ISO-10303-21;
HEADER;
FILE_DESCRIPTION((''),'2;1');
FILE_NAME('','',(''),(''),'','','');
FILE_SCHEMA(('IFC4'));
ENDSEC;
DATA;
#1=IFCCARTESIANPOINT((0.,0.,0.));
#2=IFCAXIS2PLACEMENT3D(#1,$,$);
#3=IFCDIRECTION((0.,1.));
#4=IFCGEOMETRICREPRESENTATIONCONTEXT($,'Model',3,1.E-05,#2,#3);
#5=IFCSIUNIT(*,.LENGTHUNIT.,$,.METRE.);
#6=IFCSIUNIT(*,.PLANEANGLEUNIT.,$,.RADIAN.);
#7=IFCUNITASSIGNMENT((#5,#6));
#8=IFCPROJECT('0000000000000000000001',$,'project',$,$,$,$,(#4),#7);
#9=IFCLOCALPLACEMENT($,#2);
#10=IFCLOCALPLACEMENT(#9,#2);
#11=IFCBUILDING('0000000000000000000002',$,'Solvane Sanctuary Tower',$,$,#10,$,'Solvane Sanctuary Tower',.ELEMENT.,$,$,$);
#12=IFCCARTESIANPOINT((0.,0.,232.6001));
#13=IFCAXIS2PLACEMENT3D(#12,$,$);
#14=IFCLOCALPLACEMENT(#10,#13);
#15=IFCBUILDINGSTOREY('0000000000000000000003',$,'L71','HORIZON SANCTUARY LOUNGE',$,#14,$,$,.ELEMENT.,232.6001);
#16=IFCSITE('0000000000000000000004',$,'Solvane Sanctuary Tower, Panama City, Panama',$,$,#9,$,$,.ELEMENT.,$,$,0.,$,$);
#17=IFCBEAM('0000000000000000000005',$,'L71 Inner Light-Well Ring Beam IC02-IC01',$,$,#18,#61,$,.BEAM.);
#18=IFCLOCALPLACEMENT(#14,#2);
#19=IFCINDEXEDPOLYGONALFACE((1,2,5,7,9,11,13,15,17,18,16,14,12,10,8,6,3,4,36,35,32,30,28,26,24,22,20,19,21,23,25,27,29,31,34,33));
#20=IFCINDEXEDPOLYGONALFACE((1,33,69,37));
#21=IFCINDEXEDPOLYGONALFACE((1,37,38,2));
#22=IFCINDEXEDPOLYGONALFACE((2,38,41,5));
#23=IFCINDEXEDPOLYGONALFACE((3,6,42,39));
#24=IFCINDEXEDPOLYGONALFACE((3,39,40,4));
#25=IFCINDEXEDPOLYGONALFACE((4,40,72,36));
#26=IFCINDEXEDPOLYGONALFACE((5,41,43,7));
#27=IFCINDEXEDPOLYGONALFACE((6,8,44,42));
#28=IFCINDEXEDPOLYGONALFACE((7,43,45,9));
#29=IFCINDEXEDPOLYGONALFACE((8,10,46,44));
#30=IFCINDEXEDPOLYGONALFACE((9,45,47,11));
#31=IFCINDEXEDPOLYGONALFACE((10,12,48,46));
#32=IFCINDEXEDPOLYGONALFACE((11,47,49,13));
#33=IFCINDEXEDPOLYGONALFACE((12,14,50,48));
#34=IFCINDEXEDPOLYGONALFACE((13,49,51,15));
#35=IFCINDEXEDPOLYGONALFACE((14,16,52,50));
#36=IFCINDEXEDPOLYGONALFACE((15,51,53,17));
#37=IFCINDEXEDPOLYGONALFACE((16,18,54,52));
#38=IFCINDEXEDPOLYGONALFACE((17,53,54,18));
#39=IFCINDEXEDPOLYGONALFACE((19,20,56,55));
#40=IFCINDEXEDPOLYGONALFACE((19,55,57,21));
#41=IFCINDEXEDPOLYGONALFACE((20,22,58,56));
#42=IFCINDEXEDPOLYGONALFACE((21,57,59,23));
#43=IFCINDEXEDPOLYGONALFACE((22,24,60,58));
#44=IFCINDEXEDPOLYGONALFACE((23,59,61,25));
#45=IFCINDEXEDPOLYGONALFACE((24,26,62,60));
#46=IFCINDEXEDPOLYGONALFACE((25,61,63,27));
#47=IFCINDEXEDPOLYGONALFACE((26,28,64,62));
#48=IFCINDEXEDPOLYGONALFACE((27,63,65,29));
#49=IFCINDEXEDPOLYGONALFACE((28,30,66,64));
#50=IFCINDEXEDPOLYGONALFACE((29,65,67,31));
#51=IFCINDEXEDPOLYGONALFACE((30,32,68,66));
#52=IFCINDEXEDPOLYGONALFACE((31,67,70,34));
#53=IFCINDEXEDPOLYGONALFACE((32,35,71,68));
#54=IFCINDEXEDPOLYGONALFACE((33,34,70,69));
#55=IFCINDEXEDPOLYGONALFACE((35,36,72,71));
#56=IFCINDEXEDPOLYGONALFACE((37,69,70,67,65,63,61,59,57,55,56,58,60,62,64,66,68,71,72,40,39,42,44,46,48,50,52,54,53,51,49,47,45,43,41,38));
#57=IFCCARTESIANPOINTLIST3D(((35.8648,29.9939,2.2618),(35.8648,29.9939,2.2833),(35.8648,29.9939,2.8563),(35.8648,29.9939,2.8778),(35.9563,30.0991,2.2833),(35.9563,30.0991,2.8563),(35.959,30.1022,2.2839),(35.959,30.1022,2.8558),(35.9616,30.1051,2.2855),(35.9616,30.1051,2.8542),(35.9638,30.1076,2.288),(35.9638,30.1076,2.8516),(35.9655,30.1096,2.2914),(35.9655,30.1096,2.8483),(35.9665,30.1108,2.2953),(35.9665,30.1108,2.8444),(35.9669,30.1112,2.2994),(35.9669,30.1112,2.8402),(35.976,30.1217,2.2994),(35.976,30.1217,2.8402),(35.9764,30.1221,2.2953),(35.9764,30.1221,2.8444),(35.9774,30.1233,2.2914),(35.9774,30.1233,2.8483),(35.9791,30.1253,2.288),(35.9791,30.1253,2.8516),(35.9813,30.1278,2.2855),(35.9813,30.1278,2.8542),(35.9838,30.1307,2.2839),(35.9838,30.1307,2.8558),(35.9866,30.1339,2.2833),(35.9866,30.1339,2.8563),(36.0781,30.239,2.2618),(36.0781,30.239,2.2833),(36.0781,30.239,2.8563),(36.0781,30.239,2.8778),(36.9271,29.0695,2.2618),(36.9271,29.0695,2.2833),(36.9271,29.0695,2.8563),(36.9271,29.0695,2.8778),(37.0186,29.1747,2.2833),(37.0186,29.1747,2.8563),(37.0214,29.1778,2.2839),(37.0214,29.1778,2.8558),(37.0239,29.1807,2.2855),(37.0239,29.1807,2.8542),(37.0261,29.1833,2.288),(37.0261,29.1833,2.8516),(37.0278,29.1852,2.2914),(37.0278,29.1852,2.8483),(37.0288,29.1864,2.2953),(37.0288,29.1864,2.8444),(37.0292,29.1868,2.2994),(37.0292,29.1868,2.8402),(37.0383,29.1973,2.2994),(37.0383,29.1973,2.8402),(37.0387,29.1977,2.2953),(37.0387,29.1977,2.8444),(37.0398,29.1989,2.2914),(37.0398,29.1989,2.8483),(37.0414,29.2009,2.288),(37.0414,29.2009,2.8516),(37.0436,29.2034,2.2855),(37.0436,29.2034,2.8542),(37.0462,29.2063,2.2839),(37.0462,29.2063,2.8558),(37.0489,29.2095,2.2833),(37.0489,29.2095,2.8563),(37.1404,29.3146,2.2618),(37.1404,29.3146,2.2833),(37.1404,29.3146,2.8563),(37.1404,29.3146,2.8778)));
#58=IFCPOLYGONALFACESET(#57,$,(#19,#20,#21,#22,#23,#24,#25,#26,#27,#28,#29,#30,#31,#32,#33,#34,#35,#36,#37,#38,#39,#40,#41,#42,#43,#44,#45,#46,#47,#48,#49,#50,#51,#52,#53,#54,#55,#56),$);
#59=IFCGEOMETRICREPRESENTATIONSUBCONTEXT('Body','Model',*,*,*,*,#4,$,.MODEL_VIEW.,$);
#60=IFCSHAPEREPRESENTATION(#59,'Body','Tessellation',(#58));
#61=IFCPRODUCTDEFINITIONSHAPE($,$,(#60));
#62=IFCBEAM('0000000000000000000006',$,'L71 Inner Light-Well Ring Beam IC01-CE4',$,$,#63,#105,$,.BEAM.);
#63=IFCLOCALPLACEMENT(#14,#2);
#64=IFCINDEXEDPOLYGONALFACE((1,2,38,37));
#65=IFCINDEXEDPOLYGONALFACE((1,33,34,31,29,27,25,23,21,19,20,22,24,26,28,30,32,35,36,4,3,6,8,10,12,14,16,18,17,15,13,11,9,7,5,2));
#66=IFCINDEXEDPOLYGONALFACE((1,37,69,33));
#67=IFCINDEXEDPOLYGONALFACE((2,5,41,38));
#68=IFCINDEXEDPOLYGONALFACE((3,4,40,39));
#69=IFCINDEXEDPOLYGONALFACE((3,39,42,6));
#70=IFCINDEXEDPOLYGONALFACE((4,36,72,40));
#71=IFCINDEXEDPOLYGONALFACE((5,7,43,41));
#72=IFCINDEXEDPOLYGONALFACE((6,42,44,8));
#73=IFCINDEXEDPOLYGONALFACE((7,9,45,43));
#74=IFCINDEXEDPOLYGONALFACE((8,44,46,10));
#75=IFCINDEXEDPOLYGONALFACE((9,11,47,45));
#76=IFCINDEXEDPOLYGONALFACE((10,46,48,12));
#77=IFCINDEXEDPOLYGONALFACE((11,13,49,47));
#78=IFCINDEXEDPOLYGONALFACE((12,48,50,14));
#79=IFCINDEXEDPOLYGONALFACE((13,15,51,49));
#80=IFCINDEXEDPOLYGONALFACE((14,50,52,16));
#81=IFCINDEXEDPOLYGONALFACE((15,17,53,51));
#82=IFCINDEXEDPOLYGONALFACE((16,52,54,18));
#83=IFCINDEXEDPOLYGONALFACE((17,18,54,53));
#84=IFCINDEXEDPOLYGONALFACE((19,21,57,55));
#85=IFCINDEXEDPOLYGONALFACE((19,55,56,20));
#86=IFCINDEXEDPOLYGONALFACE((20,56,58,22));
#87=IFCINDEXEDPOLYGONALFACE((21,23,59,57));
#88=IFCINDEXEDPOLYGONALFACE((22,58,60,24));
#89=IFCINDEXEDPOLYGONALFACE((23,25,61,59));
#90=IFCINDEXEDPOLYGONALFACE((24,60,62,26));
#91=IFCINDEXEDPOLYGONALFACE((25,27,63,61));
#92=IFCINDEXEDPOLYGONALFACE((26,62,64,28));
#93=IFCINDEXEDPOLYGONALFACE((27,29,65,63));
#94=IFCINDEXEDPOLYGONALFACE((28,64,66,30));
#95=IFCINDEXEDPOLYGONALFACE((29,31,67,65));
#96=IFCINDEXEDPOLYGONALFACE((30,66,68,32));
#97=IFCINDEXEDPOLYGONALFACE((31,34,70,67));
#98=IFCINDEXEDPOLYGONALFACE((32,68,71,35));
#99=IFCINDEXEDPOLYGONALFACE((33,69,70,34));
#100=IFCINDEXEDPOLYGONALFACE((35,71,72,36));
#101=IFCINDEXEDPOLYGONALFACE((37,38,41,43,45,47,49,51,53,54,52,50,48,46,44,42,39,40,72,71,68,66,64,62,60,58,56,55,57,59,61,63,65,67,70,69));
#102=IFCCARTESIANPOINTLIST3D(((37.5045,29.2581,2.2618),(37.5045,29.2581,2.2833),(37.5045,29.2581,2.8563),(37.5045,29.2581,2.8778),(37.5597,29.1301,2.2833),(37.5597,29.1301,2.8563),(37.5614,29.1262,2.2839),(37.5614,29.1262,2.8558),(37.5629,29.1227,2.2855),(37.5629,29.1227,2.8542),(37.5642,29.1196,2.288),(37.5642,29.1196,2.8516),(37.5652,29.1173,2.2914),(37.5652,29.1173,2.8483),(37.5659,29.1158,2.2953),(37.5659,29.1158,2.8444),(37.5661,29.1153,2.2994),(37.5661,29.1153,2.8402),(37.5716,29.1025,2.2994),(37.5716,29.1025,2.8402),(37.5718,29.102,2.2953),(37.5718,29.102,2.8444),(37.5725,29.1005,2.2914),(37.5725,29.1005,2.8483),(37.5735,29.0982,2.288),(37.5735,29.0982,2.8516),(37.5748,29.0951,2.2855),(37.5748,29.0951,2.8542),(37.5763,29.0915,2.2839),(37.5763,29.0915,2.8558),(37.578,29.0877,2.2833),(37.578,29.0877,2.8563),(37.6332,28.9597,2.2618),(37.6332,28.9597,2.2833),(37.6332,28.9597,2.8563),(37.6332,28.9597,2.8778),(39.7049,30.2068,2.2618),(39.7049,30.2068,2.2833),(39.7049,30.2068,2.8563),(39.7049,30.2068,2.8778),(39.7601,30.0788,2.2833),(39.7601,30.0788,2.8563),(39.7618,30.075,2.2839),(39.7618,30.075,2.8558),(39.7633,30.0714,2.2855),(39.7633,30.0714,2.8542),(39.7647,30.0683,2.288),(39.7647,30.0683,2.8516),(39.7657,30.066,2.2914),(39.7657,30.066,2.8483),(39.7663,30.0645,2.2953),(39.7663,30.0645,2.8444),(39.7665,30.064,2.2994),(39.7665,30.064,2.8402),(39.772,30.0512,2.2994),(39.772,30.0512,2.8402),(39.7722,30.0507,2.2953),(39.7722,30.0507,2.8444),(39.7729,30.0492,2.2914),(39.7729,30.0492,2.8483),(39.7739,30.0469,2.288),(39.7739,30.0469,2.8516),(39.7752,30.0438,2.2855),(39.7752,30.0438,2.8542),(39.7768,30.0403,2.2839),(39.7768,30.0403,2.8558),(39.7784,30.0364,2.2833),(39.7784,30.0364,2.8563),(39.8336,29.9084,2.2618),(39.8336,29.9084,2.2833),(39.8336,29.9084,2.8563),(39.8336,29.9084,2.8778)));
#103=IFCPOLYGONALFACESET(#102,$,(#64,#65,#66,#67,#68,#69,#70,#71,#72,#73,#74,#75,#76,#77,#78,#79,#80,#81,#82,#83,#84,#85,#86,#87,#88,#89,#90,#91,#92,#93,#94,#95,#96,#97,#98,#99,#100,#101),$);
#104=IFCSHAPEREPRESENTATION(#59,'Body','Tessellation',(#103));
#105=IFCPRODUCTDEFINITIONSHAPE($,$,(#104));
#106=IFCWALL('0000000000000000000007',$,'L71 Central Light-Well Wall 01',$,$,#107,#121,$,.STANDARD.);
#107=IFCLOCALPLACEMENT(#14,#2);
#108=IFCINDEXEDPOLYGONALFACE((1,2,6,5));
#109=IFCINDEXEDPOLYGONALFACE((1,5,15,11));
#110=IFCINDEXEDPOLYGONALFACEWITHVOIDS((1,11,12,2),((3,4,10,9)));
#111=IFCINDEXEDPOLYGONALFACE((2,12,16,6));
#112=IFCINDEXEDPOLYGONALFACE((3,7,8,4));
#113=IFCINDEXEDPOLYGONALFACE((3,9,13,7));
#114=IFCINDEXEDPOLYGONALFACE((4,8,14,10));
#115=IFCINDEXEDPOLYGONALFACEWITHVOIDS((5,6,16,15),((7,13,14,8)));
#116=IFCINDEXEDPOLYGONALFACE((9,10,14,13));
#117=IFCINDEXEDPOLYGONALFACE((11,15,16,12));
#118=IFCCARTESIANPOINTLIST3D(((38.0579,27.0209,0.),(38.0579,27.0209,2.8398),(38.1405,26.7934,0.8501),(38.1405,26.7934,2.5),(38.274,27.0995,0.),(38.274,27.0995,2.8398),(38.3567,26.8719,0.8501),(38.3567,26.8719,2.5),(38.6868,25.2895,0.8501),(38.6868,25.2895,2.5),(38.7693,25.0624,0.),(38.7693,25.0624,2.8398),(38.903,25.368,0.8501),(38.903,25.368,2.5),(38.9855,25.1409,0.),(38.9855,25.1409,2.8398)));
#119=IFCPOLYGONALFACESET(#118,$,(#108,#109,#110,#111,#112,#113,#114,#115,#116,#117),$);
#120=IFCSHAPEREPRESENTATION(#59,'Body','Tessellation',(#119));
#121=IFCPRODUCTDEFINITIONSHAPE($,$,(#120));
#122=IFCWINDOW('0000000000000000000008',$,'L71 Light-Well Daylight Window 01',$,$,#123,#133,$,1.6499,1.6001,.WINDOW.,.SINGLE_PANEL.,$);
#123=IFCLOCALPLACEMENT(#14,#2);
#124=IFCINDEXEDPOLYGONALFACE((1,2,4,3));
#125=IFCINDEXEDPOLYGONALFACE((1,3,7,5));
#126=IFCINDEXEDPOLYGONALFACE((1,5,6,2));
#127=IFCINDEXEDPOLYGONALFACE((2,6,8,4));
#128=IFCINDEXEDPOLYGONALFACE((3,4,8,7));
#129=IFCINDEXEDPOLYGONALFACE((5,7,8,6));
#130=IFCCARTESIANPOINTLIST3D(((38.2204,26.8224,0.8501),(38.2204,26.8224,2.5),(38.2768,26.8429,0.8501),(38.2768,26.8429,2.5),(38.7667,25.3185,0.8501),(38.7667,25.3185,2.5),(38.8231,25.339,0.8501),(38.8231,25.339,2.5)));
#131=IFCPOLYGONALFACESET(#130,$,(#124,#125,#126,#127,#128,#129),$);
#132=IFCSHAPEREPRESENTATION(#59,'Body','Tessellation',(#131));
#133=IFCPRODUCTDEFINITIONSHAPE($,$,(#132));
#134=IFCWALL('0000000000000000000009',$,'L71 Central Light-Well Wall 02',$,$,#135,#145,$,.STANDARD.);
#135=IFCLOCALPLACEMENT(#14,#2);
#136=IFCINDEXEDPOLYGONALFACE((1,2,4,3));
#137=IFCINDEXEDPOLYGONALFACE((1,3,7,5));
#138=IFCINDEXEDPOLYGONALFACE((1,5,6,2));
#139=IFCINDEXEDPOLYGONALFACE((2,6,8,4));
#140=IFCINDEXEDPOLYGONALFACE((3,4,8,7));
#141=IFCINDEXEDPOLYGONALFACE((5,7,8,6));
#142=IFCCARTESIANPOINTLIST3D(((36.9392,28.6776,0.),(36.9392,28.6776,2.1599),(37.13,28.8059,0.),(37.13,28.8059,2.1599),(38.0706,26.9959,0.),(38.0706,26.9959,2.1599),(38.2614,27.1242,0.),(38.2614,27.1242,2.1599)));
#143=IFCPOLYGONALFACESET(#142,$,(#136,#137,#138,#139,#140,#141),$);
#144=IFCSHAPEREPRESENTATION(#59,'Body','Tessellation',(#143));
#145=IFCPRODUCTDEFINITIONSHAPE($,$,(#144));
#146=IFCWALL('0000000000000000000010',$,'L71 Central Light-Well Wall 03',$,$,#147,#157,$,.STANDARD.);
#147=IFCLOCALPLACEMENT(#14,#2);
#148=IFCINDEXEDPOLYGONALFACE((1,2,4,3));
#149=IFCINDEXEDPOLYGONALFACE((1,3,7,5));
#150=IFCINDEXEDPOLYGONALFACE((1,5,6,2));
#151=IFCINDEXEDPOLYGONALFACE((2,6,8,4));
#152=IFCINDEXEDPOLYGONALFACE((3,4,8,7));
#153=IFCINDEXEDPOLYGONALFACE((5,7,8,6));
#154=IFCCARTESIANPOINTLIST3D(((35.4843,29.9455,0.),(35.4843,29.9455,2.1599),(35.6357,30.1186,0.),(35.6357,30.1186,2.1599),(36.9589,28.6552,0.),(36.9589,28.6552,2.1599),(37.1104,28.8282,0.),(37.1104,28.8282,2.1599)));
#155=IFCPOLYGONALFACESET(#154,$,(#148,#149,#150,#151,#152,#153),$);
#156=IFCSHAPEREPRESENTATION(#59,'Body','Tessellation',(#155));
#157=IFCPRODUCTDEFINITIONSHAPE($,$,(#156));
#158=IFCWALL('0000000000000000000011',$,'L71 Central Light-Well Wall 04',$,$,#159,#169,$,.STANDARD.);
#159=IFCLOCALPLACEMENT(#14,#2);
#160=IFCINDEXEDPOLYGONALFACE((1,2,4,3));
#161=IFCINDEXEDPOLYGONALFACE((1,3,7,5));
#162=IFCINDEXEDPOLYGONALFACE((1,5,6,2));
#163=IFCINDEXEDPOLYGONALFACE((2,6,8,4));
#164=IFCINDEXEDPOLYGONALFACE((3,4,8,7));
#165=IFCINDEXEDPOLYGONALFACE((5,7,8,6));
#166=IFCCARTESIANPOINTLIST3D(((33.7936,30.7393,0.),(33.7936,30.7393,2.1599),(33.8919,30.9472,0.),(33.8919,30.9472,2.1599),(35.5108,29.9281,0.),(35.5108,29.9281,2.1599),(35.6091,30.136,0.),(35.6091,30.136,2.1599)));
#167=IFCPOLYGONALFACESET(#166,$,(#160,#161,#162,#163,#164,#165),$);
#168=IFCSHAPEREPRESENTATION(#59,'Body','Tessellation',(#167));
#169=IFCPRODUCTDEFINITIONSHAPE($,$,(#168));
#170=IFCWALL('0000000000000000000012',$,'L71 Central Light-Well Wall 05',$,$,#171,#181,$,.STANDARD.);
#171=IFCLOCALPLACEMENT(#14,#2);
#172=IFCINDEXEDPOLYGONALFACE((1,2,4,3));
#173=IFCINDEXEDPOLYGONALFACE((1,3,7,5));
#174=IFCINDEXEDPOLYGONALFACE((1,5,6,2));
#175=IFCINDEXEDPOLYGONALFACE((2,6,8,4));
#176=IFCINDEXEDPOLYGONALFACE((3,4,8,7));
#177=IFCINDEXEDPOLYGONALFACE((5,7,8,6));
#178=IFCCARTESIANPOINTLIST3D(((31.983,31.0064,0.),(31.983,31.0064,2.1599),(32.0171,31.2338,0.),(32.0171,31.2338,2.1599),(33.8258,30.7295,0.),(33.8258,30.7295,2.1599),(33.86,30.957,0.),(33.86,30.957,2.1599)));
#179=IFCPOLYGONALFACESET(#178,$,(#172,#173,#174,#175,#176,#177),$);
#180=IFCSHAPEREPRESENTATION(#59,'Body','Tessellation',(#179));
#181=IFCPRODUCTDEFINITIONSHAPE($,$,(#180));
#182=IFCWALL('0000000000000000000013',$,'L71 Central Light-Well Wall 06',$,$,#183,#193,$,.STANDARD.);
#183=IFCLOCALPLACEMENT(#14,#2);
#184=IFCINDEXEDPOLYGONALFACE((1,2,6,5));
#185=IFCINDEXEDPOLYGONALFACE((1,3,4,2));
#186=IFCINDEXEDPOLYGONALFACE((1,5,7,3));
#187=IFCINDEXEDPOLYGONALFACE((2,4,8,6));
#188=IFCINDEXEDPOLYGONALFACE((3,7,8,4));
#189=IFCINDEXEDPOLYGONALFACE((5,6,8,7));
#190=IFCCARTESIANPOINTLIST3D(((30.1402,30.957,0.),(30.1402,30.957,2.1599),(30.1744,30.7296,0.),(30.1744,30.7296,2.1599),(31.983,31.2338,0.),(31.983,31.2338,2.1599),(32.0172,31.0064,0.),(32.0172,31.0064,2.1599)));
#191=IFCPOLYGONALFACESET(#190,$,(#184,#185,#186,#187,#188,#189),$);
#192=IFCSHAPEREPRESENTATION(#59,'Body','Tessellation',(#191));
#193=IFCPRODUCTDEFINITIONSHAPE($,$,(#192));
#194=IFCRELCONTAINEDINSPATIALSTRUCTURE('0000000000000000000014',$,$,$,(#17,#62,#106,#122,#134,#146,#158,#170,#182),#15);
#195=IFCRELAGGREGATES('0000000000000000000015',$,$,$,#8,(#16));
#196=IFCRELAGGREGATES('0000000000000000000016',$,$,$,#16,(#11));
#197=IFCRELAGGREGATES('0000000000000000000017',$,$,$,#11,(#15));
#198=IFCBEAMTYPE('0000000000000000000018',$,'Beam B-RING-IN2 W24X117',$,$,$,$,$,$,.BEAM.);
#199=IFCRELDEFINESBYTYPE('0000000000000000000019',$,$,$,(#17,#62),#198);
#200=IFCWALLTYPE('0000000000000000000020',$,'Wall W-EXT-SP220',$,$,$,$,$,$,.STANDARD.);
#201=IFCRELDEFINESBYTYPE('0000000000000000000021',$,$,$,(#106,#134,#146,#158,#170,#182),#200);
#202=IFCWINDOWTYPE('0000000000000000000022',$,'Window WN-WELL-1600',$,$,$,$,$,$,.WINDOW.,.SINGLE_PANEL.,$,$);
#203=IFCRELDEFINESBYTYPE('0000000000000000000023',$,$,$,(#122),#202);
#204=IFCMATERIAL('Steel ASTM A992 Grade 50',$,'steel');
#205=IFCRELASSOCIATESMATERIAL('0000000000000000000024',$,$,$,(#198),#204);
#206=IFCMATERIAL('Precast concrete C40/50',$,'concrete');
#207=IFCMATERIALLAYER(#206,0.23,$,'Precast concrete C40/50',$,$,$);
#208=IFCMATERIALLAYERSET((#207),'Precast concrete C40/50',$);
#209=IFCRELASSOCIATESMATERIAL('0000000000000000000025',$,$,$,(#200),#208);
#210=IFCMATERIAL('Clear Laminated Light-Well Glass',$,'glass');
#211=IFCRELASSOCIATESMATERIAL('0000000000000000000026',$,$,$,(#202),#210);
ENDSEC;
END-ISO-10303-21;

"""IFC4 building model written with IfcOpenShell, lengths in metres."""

from ifc_helpers import new_model, si_unit, direction, frame, frame_2d, origin, origin_2d, place, context, subcontext, project, spatial, rectangle, i_section, extrude, material, layer, layer_set, material_profile, profile_set, type_object, element, fill, save


model = new_model("IFC4")

# Units and contexts
model_context = context("Model", 3, precision=1e-05, world=origin(), true_north=direction((0.0, 1.0)))
body_context = subcontext(model_context, "Body", "Model", "MODEL_VIEW")
ifc_project = project(units=[si_unit("LENGTHUNIT", "METRE"), si_unit("PLANEANGLEUNIT", "RADIAN")], contexts=[model_context])

# Site, building, storey
site_placement = place(None, origin())
site = spatial("IfcSite", under=ifc_project, at=site_placement, Name="Solvane Sanctuary Tower, Panama City, Panama", CompositionType="ELEMENT", RefElevation=0.0)
building_placement = place(site_placement, origin())
building = spatial("IfcBuilding", under=site, at=building_placement, Name="Solvane Sanctuary Tower", LongName="Solvane Sanctuary Tower", CompositionType="ELEMENT")
storey_placement = place(building_placement, frame((0.0, 0.0, 232.6001)))
storey = spatial("IfcBuildingStorey", under=building, at=storey_placement, Name="L71", Description="HORIZON SANCTUARY LOUNGE", CompositionType="ELEMENT", Elevation=232.6001)

# Beams
ifc_material_1 = material(Name="Steel ASTM A992 Grade 50", Category="steel")
ifc_material_profile_1 = material_profile(ifc_material_1, i_section(OverallWidth=0.325, OverallDepth=0.616, WebThickness=0.0139, FlangeThickness=0.0215, FilletRadius=0.0161, at=origin_2d()), Name="W24X117")
ifc_profile_set_1 = profile_set([ifc_material_profile_1], Name="Steel ASTM A992 Grade 50")
beam_type_1 = type_object("IfcBeamType", Name="Beam B-RING-IN2 W24X117", PredefinedType="BEAM", material=ifc_profile_set_1)
beam_1_placement = place(storey_placement, frame((35.9714, 30.1165, 2.5698), z_axis=(0.754389, -0.656428, 0.0), x_axis=(0.656428, 0.754389, 0.0)))
element("IfcBeam", 1, at=beam_1_placement, inside=storey, type_object=beam_type_1, Name="L71 Inner Light-Well Ring Beam IC02-IC01", PredefinedType="BEAM", context=body_context, shape_type="SweptSolid", body=[
    extrude(i_section(OverallWidth=0.325, OverallDepth=0.616, WebThickness=0.0139, FlangeThickness=0.0215, FilletRadius=0.0161, at=origin_2d()), origin(), (0.0, 0.0, 1.0), 1.4082),
])
beam_2_placement = place(storey_placement, frame((37.5688, 29.1089, 2.5698), z_axis=(0.918284, 0.395923, 0.0), x_axis=(-0.395923, 0.918284, 0.0)))
element("IfcBeam", 2, at=beam_2_placement, inside=storey, type_object=beam_type_1, Name="L71 Inner Light-Well Ring Beam IC01-CE4", PredefinedType="BEAM", context=body_context, shape_type="SweptSolid", body=[
    extrude(i_section(OverallWidth=0.325, OverallDepth=0.616, WebThickness=0.0139, FlangeThickness=0.0215, FilletRadius=0.0161, at=origin_2d()), origin(), (0.0, 0.0, 1.0), 2.3962),
])

# Wall, opening, window
ifc_material_2 = material(Name="Precast concrete C40/50", Category="concrete")
ifc_layer_1 = layer(ifc_material_2, 0.23, Name="Precast concrete C40/50")
ifc_layer_set_1 = layer_set([ifc_layer_1], Name="Precast concrete C40/50")
wall_type_1 = type_object("IfcWallType", Name="Wall W-EXT-SP220", PredefinedType="STANDARD", material=ifc_layer_set_1)
wall_1_placement = place(storey_placement, frame((38.8774, 25.1016, 0.0), z_axis=(0.0, 0.0, 1.0), x_axis=(-0.341423, 0.93991, 0.0)))
wall_1 = element("IfcWall", 3, at=wall_1_placement, inside=storey, type_object=wall_type_1, Name="L71 Central Light-Well Wall 01", PredefinedType="STANDARD", context=body_context, shape_type="SweptSolid", body=[
    extrude(rectangle(XDim=2.0837, YDim=0.23, at=frame_2d((1.042, 0.0))), origin(), (0.0, 0.0, 1.0), 2.8398),
])
opening_placement = place(wall_1_placement, frame((0.2417, 0.0, 0.8501)))
opening = element("IfcOpeningElement", 4, at=opening_placement, cuts=wall_1, PredefinedType="OPENING", context=body_context, shape_type="SweptSolid", body=[
    extrude(rectangle(XDim=1.6001, YDim=1.6499, at=frame_2d((0.8, 0.825))), frame((0.0, 0.125, 0.0), z_axis=(0.0, -1.0, 0.0), x_axis=(1.0, 0.0, 0.0)), (0.0, 0.0, 1.0), 0.25),
])
ifc_material_3 = material(Name="Clear Laminated Light-Well Glass", Category="glass")
window_type = type_object("IfcWindowType", Name="Window WN-WELL-1600", PartitioningType="SINGLE_PANEL", PredefinedType="WINDOW", material=ifc_material_3)
window_placement = place(opening_placement, origin())
window = element("IfcWindow", 5, at=window_placement, inside=storey, type_object=window_type, Name="L71 Light-Well Daylight Window 01", OverallHeight=1.6499, OverallWidth=1.6001, PartitioningType="SINGLE_PANEL", PredefinedType="WINDOW", context=body_context, shape_type="SweptSolid", body=[
    extrude(rectangle(XDim=1.6001, YDim=1.6499, at=frame_2d((0.8, 0.825))), frame((0.0, 0.03, 0.0), z_axis=(0.0, -1.0, 0.0), x_axis=(1.0, 0.0, 0.0)), (0.0, 0.0, 1.0), 0.0601),
])
fill(opening, window)

# Walls
wall_2_placement = place(storey_placement, frame((38.166, 27.0601, 0.0), z_axis=(0.0, 0.0, 1.0), x_axis=(-0.558198, 0.829708, 0.0)))
element("IfcWall", 6, at=wall_2_placement, inside=storey, type_object=wall_type_1, Name="L71 Central Light-Well Wall 02", PredefinedType="STANDARD", context=body_context, shape_type="SweptSolid", body=[
    extrude(rectangle(XDim=2.0269, YDim=0.23, at=frame_2d((1.0134, 0.0))), origin(), (0.0, 0.0, 1.0), 2.1599),
])
wall_3_placement = place(storey_placement, frame((37.0347, 28.7417, 0.0), z_axis=(0.0, 0.0, 1.0), x_axis=(-0.752577, 0.658505, 0.0)))
element("IfcWall", 7, at=wall_3_placement, inside=storey, type_object=wall_type_1, Name="L71 Central Light-Well Wall 03", PredefinedType="STANDARD", context=body_context, shape_type="SweptSolid", body=[
    extrude(rectangle(XDim=1.9595, YDim=0.23, at=frame_2d((0.9797, 0.0))), origin(), (0.0, 0.0, 1.0), 2.1599),
])
wall_4_placement = place(storey_placement, frame((35.5601, 30.032, 0.0), z_axis=(0.0, 0.0, 1.0), x_axis=(-0.90418, 0.427152, 0.0)))
element("IfcWall", 8, at=wall_4_placement, inside=storey, type_object=wall_type_1, Name="L71 Central Light-Well Wall 04", PredefinedType="STANDARD", context=body_context, shape_type="SweptSolid", body=[
    extrude(rectangle(XDim=1.8992, YDim=0.23, at=frame_2d((0.9497, 0.0))), origin(), (0.0, 0.0, 1.0), 2.1599),
])
for number, where, z_axis, x_axis, name in (
    (9, (33.8428, 30.8433, 0.0), (0.0, 0.0, 1.0), (-0.988902, 0.148571, 0.0), "L71 Central Light-Well Wall 05"),
    (10, (32.0, 31.1201, 0.0), (0.0, 0.0, 1.0), (-0.988902, -0.148571, 0.0), "L71 Central Light-Well Wall 06"),
):
    element("IfcWall", number, at=place(storey_placement, frame(where, z_axis=z_axis, x_axis=x_axis)), inside=storey, type_object=wall_type_1, Name=name, PredefinedType="STANDARD", context=body_context, shape_type="SweptSolid", body=[
        extrude(rectangle(XDim=1.8635, YDim=0.23, at=frame_2d((0.9316, 0.0))), origin(), (0.0, 0.0, 1.0), 2.1599),
    ])

save(model, "model.ifc")
